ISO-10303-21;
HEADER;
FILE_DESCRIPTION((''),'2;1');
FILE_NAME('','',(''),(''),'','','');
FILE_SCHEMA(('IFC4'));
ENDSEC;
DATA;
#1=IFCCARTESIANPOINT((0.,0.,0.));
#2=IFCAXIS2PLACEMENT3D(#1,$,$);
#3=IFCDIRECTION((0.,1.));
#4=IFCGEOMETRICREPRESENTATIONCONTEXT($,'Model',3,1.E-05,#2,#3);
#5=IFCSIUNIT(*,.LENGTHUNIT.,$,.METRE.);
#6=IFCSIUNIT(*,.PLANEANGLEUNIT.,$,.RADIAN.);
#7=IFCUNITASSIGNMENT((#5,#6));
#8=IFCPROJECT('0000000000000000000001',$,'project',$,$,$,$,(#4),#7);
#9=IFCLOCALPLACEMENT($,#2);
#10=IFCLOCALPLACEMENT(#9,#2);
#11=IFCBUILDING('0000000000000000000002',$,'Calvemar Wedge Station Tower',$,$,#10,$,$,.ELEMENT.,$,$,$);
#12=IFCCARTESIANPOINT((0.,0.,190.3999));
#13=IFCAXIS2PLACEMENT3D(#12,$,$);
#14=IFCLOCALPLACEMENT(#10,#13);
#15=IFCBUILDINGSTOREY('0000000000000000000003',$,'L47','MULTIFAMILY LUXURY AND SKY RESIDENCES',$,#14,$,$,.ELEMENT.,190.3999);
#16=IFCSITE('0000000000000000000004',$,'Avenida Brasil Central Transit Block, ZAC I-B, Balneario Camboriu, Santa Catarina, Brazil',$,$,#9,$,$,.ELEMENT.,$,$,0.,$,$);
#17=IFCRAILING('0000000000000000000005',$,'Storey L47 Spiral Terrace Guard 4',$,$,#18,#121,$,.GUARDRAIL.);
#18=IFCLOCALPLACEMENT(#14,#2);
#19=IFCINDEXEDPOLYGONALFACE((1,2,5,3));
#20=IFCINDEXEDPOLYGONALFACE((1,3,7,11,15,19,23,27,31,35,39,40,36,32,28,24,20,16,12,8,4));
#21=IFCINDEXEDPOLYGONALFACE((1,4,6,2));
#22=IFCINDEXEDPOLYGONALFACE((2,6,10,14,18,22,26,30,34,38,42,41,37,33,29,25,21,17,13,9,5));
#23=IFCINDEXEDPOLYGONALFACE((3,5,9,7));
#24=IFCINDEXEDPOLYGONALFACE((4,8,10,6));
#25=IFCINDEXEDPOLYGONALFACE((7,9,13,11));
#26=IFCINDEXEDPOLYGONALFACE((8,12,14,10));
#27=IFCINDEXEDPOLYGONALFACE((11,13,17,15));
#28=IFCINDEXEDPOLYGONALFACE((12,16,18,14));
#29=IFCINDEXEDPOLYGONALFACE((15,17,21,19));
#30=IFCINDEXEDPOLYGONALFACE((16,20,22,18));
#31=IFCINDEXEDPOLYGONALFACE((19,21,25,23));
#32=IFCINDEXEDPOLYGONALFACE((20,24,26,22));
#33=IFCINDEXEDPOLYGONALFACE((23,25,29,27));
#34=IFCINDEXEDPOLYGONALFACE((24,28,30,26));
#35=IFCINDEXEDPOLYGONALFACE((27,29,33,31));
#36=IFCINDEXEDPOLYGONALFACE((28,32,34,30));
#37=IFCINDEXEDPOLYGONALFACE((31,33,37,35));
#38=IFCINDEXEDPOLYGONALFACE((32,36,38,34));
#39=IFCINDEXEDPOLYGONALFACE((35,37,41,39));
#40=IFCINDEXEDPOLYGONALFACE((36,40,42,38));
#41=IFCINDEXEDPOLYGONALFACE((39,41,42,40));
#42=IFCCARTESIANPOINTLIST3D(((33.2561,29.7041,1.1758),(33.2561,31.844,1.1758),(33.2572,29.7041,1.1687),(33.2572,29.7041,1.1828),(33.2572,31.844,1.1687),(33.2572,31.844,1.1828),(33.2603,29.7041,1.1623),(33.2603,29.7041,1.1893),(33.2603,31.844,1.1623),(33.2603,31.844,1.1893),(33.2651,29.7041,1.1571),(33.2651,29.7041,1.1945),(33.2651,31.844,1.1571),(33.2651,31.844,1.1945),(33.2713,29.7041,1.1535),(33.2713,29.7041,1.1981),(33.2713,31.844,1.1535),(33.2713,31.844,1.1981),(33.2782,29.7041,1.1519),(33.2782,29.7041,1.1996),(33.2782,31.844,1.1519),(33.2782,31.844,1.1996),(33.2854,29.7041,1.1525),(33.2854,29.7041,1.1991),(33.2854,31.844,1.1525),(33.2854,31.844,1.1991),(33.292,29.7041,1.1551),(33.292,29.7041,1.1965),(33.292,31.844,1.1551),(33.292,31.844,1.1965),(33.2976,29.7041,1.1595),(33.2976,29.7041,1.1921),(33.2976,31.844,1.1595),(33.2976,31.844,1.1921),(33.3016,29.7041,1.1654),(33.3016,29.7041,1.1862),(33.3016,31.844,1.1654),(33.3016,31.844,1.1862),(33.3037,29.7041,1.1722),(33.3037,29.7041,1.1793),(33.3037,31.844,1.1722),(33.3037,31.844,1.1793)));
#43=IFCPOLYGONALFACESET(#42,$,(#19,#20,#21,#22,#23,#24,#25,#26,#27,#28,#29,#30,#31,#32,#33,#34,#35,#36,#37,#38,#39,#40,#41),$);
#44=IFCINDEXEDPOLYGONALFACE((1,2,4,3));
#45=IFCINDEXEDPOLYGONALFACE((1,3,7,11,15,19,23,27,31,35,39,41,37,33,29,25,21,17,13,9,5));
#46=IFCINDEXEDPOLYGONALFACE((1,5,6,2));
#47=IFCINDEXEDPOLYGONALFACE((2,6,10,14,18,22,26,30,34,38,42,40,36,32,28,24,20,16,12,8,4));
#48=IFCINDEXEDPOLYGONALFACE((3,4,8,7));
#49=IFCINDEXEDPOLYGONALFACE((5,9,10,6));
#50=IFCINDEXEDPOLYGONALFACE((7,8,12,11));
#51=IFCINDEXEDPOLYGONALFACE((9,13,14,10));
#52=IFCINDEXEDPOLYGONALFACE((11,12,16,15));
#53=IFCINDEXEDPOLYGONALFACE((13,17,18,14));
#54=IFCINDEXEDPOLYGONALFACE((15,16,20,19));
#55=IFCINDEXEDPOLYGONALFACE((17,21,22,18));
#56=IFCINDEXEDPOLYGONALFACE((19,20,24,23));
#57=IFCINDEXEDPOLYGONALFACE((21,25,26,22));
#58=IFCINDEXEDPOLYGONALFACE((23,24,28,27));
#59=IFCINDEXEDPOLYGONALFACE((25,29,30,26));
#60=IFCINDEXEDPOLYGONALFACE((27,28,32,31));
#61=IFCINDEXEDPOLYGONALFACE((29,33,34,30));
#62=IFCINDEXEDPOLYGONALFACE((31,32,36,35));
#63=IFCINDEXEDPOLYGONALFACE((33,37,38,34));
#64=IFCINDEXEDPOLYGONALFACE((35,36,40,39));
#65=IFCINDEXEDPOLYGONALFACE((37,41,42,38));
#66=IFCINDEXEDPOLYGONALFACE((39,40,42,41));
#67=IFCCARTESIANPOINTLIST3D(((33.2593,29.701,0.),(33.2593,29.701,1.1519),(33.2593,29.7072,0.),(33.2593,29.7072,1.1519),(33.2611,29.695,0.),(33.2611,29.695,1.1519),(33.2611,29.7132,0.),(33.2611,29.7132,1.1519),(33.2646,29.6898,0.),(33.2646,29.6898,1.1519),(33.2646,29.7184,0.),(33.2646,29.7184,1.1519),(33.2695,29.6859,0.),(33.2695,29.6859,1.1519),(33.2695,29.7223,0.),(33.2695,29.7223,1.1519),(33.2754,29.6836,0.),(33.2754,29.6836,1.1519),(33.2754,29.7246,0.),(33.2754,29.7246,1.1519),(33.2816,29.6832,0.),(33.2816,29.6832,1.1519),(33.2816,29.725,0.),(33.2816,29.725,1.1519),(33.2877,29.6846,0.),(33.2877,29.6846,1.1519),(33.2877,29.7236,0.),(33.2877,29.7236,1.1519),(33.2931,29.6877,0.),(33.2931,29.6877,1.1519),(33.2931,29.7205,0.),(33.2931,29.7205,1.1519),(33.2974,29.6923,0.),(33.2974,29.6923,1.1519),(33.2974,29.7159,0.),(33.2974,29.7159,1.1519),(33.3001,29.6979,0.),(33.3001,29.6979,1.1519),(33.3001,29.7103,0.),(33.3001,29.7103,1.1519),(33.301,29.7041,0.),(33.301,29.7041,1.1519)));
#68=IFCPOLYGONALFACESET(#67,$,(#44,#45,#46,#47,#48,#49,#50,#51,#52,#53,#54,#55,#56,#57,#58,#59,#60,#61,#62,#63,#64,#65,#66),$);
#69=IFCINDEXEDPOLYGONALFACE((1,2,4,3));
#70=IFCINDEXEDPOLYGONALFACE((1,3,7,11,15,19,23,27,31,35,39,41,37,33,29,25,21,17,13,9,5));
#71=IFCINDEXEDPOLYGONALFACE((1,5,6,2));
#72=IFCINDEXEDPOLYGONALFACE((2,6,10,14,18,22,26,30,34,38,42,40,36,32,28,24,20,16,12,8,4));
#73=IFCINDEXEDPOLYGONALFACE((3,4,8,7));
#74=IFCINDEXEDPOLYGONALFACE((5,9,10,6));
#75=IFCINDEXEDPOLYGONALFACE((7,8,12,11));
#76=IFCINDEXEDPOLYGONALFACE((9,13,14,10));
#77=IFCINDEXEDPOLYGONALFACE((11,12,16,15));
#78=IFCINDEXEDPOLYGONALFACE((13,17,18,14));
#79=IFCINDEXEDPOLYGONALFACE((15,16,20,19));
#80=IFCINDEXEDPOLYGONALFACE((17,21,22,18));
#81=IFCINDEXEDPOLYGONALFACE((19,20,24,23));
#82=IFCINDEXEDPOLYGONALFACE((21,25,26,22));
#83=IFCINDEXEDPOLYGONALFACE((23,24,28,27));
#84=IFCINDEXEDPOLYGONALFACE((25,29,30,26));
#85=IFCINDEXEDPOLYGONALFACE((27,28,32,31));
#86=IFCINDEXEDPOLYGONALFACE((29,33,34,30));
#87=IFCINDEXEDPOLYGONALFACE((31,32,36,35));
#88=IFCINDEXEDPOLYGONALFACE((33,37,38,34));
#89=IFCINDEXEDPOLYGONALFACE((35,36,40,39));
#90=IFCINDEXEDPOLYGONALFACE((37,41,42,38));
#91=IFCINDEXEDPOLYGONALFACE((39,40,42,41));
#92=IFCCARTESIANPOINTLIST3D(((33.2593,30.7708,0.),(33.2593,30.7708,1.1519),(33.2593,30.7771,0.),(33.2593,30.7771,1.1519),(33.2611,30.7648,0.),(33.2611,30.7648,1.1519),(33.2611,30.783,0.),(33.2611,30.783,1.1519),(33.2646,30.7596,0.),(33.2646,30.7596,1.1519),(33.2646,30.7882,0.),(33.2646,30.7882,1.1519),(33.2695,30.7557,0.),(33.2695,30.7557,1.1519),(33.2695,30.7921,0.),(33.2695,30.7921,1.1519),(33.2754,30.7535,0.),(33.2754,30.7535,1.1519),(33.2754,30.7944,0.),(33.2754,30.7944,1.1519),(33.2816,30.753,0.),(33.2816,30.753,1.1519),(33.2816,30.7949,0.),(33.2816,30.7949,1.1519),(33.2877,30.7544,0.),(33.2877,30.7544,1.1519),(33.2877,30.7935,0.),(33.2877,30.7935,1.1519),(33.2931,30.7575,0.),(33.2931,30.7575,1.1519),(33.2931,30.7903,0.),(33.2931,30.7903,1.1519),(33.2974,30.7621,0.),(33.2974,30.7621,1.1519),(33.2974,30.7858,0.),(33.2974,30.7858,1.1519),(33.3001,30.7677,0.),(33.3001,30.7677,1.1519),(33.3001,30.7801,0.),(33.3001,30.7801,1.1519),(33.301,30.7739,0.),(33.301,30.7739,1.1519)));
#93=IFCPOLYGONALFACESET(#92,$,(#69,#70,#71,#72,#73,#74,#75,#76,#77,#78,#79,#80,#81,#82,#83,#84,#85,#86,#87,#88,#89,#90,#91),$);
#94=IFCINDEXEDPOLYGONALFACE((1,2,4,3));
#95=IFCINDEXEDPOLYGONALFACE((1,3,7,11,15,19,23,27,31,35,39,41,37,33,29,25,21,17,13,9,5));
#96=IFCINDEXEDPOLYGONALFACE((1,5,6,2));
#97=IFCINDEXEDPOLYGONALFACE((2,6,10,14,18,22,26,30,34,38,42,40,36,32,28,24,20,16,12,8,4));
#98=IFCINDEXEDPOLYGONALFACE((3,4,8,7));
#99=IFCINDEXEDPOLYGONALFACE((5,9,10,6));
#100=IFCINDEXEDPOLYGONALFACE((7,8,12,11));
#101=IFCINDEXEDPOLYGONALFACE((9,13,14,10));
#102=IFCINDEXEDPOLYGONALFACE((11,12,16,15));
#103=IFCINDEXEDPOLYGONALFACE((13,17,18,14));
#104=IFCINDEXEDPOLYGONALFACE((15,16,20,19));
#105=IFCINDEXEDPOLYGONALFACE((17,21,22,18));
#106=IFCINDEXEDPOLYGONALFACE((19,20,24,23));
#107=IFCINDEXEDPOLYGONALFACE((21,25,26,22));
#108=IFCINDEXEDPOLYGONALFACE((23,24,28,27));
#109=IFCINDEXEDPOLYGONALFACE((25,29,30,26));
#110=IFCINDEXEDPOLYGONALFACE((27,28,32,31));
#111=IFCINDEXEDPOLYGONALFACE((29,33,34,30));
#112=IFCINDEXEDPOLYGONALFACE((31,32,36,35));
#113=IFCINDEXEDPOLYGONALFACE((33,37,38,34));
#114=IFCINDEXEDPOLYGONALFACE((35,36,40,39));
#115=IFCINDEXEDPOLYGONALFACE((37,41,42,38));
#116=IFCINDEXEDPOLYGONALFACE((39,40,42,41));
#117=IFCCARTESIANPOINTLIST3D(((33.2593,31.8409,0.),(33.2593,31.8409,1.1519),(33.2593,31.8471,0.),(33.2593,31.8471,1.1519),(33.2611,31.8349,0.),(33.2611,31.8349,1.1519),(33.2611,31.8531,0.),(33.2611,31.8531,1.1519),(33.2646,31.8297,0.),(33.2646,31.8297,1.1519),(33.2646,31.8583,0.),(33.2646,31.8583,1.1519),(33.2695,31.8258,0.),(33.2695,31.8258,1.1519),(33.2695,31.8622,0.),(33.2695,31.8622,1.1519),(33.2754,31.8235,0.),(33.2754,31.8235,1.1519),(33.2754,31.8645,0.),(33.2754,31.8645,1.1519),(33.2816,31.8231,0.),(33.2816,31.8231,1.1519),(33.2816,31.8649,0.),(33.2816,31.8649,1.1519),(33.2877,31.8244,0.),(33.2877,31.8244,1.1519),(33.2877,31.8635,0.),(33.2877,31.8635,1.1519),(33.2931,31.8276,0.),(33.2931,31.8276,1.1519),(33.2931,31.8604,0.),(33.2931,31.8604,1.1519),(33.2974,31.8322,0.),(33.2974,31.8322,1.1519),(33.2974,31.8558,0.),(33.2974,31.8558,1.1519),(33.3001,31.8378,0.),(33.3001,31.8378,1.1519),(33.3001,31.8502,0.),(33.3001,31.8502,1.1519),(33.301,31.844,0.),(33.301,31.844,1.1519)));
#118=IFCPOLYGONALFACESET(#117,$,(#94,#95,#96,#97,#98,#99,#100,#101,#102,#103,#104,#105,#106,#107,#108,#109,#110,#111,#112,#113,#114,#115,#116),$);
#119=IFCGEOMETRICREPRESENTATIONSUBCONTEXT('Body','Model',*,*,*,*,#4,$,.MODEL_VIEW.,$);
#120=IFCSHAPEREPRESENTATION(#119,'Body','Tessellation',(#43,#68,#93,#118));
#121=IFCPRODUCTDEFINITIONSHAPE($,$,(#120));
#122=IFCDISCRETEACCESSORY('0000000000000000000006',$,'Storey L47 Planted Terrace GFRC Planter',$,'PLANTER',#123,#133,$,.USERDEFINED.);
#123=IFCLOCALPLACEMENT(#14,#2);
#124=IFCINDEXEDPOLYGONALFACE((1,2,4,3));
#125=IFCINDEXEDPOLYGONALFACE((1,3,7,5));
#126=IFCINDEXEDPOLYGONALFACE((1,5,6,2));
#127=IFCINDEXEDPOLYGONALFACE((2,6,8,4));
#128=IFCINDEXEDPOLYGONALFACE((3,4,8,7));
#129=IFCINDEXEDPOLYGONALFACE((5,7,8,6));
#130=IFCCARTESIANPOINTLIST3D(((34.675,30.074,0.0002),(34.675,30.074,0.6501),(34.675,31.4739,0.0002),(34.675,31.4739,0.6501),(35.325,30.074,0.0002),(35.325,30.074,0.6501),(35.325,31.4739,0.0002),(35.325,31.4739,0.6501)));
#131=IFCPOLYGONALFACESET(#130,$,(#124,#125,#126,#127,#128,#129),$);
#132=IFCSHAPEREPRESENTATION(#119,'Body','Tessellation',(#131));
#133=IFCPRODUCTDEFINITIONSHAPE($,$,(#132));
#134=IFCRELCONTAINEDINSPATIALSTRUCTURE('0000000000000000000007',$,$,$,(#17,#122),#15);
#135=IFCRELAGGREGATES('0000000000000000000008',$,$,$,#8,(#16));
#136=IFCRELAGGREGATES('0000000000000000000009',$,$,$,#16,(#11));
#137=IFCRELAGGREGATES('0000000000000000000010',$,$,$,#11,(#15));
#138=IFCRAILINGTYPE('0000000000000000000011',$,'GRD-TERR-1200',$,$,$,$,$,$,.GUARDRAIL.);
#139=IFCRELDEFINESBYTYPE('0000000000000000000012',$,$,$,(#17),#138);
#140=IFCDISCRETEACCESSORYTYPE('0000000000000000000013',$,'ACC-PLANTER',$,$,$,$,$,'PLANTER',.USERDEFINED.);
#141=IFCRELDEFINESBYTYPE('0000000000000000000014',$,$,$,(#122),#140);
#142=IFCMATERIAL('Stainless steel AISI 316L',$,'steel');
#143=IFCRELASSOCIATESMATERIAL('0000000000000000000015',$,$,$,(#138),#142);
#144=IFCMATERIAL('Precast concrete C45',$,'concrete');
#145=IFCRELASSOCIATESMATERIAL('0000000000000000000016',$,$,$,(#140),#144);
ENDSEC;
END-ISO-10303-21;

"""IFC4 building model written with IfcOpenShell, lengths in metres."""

from ifc_helpers import new_model, si_unit, direction, frame, origin, origin_2d, place, context, subcontext, project, spatial, rectangle, circle, extrude, source, transform, mapped, material, type_object, element, save


model = new_model("IFC4")

# Units and contexts
model_context = context("Model", 3, precision=1e-05, world=origin(), true_north=direction((0.0, 1.0)))
body_context = subcontext(model_context, "Body", "Model", "MODEL_VIEW")
ifc_project = project(units=[si_unit("LENGTHUNIT", "METRE"), si_unit("PLANEANGLEUNIT", "RADIAN")], contexts=[model_context])

# Site, building, storey
site_placement = place(None, origin())
site = spatial("IfcSite", under=ifc_project, at=site_placement, Name="Avenida Brasil Central Transit Block, ZAC I-B, Balneario Camboriu, Santa Catarina, Brazil", CompositionType="ELEMENT", RefElevation=0.0)
building_placement = place(site_placement, origin())
building = spatial("IfcBuilding", under=site, at=building_placement, Name="Calvemar Wedge Station Tower", CompositionType="ELEMENT")
storey_placement = place(building_placement, frame((0.0, 0.0, 190.3999)))
storey = spatial("IfcBuildingStorey", under=building, at=storey_placement, Name="L47", Description="MULTIFAMILY LUXURY AND SKY RESIDENCES", CompositionType="ELEMENT", Elevation=190.3999)

# Shared definitions
ifc_material_1 = material(Name="Precast concrete C45", Category="concrete")

# Railing
ifc_material_2 = material(Name="Stainless steel AISI 316L", Category="steel")
railing_type = type_object("IfcRailingType", Name="GRD-TERR-1200", PredefinedType="GUARDRAIL", material=ifc_material_2)
railing_placement = place(storey_placement, frame((33.28, 29.7041, 0.0)))
element("IfcRailing", 1, at=railing_placement, inside=storey, type_object=railing_type, Name="Storey L47 Spiral Terrace Guard 4", PredefinedType="GUARDRAIL", context=body_context, shape_type="SweptSolid", body=[
    extrude(circle(Radius=0.0239, at=origin_2d()), frame((0.0, 0.0, 1.1758), z_axis=(0.0, 1.0, 0.0), x_axis=(-1.0, 0.0, 0.0)), (0.0, 0.0, 1.0), 2.1399),
    extrude(circle(Radius=0.021, at=origin_2d()), origin(), (0.0, 0.0, 1.0), 1.1519),
    extrude(circle(Radius=0.021, at=origin_2d()), frame((0.0, 1.0698, 0.0)), (0.0, 0.0, 1.0), 1.1519),
    extrude(circle(Radius=0.021, at=origin_2d()), frame((0.0, 2.1399, 0.0)), (0.0, 0.0, 1.0), 1.1519),
])

# Discrete accessory
discrete_accessory_type = type_object("IfcDiscreteAccessoryType", Name="ACC-PLANTER", ElementType="PLANTER", PredefinedType="USERDEFINED", material=ifc_material_1)
shared_shape_1 = source(origin(), body_context, "Body", "SweptSolid", [
    extrude(rectangle(XDim=0.6499, YDim=1.3999, at=origin_2d()), origin(), (0.0, 0.0, 1.0), 0.6499),
])
discrete_accessory_placement = place(storey_placement, frame((35.0, 30.7739, 0.0002), z_axis=(0.0, 0.0, 1.0), x_axis=(1.0, 0.0, 0.0)))
element("IfcDiscreteAccessory", 2, at=discrete_accessory_placement, inside=storey, type_object=discrete_accessory_type, Name="Storey L47 Planted Terrace GFRC Planter", ObjectType="PLANTER", PredefinedType="USERDEFINED", context=body_context, shape_type="MappedRepresentation", body=[
    mapped(shared_shape_1, transform((0.0, 0.0, 0.0), scale=1.0)),
])

save(model, "model.ifc")
